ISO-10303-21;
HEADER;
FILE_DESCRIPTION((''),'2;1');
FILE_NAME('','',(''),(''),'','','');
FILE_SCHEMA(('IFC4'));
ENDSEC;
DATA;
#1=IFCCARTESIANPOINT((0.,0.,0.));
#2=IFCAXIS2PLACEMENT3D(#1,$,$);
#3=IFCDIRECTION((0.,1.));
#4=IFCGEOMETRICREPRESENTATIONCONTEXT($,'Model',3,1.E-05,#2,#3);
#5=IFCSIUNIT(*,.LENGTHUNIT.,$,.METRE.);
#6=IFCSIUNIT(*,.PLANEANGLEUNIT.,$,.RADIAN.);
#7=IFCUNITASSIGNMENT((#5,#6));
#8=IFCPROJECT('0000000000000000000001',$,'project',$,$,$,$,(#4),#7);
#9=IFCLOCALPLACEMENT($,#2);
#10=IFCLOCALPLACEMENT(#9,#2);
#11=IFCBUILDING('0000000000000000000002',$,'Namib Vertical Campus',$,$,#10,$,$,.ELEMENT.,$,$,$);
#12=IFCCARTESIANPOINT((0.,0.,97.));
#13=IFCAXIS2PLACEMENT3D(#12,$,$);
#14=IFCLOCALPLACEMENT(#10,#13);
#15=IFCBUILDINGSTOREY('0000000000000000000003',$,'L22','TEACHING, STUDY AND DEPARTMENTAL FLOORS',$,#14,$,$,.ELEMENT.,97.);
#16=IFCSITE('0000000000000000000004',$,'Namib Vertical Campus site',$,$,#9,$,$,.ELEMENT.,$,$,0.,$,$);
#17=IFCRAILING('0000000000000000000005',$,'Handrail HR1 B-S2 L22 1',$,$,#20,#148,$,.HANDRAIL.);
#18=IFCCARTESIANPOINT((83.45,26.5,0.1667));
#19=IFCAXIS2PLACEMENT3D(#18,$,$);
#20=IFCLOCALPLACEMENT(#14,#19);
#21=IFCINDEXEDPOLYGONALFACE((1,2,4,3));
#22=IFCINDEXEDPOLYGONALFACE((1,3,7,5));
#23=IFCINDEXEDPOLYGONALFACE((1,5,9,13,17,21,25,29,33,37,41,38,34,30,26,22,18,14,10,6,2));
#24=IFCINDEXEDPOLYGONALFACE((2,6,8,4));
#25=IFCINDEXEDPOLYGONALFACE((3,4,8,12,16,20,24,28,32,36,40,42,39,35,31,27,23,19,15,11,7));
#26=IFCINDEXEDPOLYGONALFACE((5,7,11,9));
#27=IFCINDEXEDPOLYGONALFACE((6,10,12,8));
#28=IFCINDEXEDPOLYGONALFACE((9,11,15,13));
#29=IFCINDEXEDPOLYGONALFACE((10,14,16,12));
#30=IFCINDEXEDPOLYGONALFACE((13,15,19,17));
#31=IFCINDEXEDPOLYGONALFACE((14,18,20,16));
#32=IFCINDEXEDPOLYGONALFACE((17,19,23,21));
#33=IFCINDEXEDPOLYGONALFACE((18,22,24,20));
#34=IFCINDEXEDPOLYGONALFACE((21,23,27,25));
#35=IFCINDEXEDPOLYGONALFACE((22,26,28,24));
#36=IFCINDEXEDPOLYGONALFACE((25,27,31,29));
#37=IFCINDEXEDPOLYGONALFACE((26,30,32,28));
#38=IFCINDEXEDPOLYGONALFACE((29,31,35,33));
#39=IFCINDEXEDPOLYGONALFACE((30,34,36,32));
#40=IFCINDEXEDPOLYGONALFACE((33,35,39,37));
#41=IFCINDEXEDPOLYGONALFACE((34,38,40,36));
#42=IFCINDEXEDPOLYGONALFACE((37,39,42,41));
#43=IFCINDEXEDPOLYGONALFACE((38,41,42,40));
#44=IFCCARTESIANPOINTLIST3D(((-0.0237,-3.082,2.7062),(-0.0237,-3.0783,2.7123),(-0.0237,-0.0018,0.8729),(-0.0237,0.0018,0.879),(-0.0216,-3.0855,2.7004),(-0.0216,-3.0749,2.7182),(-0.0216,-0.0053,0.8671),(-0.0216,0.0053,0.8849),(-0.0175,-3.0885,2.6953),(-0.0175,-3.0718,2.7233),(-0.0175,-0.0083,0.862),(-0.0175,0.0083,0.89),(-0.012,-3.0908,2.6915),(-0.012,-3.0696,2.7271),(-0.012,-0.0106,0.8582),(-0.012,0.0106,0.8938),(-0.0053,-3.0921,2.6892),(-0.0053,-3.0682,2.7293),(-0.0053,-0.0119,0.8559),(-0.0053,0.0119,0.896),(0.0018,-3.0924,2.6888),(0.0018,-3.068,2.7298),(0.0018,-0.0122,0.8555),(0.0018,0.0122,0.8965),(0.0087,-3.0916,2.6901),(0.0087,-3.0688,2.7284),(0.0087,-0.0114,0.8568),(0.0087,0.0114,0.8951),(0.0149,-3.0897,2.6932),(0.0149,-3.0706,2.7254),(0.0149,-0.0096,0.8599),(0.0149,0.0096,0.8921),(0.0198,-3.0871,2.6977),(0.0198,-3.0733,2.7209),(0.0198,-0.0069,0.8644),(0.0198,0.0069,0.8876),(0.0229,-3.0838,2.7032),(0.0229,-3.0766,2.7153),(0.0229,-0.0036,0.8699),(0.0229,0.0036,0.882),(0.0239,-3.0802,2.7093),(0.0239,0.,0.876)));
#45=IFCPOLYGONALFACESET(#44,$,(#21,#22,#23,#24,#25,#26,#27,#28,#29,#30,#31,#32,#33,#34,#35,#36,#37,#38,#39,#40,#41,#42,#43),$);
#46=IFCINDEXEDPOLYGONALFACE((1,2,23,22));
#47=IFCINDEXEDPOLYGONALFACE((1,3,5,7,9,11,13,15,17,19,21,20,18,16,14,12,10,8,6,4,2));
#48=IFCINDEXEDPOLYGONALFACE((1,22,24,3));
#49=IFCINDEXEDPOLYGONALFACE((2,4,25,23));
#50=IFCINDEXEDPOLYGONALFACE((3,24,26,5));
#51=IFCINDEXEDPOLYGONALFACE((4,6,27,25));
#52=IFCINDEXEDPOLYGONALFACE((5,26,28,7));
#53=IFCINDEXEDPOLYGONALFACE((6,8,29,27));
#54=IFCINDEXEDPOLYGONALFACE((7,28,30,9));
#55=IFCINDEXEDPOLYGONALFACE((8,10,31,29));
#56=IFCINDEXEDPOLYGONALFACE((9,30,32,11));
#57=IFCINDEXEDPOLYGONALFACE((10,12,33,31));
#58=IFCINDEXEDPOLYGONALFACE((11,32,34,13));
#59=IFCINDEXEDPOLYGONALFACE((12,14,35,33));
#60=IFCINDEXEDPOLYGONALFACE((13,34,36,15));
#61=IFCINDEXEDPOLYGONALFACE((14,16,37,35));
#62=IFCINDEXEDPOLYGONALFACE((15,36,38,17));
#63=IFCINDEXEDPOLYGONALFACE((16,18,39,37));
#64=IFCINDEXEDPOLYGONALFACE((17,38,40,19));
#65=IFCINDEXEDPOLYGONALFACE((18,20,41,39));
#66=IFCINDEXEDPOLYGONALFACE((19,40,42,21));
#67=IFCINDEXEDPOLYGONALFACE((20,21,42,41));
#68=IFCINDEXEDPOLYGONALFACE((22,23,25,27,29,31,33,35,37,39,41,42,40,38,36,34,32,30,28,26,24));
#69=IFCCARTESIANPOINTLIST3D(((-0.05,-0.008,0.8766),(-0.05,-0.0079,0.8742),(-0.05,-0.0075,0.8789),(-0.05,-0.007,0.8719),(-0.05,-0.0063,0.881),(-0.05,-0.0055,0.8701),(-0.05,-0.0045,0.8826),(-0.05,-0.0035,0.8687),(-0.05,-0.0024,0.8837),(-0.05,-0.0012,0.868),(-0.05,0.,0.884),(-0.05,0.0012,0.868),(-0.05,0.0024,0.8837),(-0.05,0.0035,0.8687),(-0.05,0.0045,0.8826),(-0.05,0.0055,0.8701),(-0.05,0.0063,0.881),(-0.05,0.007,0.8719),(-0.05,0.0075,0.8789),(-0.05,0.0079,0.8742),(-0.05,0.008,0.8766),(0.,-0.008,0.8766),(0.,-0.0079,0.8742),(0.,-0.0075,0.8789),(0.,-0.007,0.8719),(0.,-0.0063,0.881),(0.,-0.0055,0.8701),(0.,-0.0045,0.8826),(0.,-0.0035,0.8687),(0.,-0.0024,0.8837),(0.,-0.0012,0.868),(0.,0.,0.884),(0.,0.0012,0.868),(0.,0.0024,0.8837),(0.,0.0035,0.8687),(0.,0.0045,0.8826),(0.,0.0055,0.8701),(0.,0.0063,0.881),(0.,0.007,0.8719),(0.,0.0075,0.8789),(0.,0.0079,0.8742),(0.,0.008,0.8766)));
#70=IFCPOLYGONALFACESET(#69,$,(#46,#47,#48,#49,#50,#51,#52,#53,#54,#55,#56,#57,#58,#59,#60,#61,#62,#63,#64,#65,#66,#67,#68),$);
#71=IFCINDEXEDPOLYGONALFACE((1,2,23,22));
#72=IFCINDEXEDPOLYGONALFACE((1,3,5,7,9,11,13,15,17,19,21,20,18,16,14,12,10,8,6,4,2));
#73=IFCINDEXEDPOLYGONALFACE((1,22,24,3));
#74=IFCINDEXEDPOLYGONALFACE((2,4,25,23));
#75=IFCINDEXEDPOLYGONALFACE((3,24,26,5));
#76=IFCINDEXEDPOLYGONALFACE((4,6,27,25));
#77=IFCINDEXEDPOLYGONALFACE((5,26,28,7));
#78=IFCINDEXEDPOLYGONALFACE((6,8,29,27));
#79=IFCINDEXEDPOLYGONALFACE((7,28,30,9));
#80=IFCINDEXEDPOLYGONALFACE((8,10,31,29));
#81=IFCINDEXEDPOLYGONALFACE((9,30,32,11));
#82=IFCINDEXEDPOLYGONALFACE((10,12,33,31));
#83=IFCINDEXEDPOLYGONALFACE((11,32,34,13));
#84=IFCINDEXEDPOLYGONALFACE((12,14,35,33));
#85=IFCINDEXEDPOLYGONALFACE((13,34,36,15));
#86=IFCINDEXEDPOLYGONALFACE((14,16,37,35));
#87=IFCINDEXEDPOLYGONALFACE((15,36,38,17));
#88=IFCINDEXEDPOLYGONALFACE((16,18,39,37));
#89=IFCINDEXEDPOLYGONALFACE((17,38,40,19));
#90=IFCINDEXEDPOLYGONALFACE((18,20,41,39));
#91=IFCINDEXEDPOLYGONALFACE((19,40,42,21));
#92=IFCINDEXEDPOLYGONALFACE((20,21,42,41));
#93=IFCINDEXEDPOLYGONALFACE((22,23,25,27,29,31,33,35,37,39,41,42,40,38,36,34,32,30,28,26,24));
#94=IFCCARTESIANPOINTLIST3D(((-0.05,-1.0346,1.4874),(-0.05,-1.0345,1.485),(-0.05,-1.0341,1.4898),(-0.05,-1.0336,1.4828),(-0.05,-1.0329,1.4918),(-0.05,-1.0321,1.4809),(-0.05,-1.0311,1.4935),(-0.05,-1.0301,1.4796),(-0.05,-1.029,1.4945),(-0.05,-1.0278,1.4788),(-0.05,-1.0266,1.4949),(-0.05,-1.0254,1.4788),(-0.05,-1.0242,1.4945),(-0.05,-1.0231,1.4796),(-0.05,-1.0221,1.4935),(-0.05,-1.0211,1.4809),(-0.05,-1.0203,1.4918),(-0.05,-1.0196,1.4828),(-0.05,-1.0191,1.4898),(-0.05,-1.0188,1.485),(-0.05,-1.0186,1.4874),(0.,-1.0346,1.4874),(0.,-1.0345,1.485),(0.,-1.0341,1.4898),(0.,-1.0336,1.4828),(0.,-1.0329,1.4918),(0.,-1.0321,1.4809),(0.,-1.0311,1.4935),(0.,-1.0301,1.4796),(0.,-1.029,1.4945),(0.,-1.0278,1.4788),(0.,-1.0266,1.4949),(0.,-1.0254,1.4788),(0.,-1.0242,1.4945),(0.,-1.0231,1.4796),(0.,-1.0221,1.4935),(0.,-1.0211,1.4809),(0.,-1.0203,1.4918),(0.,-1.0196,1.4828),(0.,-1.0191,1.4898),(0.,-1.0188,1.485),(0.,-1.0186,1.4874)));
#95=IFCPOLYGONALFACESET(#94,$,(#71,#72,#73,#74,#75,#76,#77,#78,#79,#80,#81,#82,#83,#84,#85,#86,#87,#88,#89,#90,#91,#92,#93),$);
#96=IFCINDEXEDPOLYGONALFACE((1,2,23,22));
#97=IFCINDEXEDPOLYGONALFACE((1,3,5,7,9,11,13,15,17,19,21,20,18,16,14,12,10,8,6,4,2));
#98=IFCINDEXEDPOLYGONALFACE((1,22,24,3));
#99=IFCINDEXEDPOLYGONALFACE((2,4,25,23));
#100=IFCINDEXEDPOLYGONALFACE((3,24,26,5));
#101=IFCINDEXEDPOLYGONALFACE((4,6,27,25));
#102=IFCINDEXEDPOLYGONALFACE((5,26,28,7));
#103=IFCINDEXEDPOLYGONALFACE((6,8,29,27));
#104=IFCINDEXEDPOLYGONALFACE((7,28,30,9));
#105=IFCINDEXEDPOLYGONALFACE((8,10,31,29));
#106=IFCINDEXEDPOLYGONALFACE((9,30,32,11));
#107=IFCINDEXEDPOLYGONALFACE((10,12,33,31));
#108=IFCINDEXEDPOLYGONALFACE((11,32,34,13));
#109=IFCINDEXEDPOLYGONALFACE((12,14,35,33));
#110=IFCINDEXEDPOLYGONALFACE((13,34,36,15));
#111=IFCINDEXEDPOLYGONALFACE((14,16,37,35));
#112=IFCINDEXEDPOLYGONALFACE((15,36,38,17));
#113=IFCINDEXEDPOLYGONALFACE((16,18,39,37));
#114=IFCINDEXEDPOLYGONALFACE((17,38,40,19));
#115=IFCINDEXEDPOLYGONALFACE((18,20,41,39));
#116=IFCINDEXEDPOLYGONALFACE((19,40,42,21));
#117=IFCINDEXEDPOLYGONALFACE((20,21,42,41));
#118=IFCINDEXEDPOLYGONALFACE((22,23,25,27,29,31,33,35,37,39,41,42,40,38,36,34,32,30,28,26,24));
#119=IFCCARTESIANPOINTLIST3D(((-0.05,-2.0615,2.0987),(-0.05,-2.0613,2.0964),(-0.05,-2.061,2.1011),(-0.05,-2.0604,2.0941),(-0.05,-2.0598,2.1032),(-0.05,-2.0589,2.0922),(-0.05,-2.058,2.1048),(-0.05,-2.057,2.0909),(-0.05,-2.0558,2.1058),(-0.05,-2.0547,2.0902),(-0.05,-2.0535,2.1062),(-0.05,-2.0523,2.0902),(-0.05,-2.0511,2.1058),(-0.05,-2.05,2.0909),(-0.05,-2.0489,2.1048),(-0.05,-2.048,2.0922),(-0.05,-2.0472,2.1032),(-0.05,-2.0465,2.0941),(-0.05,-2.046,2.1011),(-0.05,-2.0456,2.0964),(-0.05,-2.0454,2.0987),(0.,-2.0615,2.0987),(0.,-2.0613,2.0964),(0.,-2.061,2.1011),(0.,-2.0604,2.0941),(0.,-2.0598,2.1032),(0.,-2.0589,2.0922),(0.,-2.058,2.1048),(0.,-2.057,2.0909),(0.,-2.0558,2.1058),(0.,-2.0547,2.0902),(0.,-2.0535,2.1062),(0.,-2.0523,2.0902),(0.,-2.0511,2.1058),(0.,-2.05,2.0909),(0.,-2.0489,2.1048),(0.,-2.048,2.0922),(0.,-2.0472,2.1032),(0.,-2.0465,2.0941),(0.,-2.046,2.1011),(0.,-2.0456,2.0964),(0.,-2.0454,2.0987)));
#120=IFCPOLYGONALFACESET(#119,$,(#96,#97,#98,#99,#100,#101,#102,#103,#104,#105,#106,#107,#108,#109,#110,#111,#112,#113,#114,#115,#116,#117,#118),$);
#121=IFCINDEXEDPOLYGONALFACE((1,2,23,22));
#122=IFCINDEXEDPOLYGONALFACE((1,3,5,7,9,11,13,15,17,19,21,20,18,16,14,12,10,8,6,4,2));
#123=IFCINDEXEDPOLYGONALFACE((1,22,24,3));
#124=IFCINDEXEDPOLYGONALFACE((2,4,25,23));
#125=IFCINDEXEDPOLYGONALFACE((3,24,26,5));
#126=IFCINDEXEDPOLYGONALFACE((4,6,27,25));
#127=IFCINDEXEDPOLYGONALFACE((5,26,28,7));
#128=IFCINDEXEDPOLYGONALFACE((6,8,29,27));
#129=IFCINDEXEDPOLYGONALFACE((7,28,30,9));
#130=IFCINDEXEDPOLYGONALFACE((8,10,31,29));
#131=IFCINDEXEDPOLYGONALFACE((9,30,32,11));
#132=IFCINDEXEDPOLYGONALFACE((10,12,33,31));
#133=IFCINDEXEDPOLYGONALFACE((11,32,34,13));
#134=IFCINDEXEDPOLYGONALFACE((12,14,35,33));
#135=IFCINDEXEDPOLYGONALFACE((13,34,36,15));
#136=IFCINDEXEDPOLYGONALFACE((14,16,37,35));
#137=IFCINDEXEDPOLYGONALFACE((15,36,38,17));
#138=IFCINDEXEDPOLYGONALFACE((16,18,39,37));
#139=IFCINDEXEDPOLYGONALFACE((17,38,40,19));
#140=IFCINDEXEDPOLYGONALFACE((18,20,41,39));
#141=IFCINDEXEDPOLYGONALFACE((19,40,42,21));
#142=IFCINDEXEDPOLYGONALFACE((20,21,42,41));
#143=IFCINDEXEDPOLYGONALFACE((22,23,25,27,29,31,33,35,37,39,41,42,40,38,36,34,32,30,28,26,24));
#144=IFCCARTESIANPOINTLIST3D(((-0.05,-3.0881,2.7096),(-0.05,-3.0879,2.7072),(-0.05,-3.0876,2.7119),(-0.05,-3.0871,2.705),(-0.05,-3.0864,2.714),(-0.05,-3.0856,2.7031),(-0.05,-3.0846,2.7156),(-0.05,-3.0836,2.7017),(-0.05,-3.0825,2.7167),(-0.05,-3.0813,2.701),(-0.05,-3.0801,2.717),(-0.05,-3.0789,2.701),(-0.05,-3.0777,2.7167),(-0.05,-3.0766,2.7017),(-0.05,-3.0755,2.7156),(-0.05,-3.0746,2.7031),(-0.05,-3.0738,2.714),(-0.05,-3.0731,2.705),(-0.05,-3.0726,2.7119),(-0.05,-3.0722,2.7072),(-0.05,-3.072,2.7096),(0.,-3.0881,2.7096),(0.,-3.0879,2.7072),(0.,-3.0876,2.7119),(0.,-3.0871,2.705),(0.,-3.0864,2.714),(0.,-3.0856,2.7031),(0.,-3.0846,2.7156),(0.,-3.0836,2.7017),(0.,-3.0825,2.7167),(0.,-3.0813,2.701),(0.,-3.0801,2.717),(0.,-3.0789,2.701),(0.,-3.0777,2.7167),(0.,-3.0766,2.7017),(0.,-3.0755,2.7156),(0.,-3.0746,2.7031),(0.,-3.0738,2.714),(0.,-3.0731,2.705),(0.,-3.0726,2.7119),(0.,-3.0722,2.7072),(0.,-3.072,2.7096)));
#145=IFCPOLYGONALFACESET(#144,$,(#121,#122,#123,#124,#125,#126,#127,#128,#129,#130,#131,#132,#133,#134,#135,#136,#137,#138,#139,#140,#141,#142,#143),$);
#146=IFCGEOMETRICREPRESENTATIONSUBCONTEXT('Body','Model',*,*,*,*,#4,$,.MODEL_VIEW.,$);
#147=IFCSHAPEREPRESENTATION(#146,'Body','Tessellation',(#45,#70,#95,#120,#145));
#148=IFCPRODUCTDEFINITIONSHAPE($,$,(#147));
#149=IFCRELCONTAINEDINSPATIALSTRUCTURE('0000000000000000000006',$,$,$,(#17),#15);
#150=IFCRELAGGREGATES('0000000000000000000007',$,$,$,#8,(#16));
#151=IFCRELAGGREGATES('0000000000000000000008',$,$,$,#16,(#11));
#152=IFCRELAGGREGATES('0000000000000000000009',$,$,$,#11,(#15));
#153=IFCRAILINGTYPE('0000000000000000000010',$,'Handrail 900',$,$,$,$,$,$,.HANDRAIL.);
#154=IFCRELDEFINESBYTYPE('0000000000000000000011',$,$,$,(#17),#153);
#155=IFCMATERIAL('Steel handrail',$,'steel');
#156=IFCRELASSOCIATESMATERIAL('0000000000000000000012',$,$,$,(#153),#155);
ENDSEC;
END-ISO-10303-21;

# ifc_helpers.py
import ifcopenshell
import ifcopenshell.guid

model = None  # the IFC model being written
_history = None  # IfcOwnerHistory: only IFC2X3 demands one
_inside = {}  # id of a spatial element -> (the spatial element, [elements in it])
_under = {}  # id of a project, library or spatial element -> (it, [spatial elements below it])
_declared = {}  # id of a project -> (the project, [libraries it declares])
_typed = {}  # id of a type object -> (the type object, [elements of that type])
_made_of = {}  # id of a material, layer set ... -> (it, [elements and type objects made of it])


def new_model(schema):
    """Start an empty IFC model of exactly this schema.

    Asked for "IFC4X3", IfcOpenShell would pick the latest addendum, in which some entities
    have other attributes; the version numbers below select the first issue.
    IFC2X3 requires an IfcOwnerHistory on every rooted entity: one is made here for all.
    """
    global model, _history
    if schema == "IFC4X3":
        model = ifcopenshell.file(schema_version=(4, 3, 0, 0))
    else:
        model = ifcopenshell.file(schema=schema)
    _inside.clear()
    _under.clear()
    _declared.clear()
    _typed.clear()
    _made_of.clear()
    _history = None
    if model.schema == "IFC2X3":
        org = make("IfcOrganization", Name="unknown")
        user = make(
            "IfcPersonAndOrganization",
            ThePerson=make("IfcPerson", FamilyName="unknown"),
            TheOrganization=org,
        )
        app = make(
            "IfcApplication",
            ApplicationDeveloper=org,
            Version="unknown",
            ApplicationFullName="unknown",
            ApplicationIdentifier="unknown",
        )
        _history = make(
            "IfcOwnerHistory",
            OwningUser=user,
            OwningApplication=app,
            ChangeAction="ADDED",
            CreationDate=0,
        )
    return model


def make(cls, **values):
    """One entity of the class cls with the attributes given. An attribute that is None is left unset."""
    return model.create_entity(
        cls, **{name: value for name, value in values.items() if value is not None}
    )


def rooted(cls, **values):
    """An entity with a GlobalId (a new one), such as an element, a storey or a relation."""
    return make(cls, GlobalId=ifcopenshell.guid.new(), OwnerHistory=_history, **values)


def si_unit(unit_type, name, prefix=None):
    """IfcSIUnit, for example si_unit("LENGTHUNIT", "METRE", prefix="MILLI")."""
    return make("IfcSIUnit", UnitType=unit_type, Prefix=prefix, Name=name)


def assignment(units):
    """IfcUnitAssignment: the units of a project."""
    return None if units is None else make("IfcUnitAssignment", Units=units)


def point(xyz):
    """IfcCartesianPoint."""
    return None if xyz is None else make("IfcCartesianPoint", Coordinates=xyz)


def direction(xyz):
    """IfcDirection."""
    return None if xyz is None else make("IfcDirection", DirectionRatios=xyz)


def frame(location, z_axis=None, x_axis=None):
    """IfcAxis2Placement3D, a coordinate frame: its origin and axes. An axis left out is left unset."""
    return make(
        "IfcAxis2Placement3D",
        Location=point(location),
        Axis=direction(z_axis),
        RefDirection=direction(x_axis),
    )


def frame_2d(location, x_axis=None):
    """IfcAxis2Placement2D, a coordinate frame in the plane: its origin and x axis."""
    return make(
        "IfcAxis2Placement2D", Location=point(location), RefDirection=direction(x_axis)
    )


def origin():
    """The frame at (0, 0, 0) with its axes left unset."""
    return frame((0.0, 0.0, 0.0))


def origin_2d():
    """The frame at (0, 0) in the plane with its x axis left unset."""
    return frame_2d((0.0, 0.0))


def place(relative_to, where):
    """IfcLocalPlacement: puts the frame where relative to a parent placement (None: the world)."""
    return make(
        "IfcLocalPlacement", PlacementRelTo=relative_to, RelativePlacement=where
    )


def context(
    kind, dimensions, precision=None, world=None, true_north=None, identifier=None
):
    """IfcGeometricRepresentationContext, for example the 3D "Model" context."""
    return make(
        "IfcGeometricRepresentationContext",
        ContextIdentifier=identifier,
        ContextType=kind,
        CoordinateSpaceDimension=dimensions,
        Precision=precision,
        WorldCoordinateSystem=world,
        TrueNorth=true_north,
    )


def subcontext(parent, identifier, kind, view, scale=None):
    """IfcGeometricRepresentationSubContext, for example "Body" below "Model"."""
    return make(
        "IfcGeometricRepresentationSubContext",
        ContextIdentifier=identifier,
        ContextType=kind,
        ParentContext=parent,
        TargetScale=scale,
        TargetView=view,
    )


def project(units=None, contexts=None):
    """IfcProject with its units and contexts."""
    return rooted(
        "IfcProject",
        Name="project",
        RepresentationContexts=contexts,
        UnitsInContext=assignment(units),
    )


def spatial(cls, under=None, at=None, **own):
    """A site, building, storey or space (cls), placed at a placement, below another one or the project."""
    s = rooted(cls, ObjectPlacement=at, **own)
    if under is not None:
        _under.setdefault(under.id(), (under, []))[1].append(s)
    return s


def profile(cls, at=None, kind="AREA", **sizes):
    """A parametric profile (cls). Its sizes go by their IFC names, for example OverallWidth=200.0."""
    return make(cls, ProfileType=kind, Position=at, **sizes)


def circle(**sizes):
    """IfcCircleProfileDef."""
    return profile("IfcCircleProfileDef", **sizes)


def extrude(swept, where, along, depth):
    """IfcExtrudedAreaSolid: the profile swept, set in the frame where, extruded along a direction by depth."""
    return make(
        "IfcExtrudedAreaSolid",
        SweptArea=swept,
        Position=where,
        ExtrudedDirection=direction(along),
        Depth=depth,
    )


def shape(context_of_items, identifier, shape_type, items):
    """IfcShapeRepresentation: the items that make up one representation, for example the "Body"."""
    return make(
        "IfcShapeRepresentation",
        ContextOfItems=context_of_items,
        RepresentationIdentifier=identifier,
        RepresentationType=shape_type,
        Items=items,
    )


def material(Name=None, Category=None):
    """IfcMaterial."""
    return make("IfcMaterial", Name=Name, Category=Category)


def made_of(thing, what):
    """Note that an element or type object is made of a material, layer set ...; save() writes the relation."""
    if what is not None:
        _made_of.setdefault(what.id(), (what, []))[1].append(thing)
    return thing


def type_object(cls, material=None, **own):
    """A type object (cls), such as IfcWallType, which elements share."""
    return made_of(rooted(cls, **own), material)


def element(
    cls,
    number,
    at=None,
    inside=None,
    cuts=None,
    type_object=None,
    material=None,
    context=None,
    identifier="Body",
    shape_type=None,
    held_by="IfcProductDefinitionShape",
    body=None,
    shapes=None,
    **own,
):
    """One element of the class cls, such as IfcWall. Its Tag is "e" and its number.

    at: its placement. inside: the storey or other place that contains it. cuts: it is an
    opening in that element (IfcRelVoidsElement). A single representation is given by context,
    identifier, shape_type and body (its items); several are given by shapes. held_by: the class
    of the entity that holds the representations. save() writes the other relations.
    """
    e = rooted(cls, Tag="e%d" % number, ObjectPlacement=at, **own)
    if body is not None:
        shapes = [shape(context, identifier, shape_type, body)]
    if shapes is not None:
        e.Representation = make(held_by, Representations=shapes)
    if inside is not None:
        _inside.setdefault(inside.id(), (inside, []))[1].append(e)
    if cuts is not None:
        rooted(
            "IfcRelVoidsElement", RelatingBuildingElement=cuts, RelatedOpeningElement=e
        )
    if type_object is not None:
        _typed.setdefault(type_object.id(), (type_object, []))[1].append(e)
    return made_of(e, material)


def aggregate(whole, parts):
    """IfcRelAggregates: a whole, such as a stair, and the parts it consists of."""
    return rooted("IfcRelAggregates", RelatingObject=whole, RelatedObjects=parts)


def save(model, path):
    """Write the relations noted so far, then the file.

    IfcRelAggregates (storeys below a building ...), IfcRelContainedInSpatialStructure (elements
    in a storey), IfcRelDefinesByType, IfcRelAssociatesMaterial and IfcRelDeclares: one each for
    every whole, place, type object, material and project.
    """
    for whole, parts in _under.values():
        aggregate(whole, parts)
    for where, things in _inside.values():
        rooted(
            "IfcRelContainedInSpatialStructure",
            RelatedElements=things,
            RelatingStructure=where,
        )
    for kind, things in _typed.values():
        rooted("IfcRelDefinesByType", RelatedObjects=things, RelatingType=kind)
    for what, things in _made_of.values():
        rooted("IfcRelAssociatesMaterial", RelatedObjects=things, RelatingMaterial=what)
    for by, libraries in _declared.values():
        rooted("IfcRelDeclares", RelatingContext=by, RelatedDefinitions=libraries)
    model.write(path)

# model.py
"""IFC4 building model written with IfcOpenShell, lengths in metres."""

from ifc_helpers import new_model, si_unit, direction, frame, origin, origin_2d, place, context, subcontext, project, spatial, circle, extrude, material, type_object, element, save


model = new_model("IFC4")

# Units and contexts
model_context = context("Model", 3, precision=1e-05, world=origin(), true_north=direction((0.0, 1.0)))
body_context = subcontext(model_context, "Body", "Model", "MODEL_VIEW")
ifc_project = project(units=[si_unit("LENGTHUNIT", "METRE"), si_unit("PLANEANGLEUNIT", "RADIAN")], contexts=[model_context])

# Site, building, storey
site_placement = place(None, origin())
site = spatial("IfcSite", under=ifc_project, at=site_placement, Name="Namib Vertical Campus site", CompositionType="ELEMENT", RefElevation=0.0)
building_placement = place(site_placement, origin())
building = spatial("IfcBuilding", under=site, at=building_placement, Name="Namib Vertical Campus", CompositionType="ELEMENT")
storey_placement = place(building_placement, frame((0.0, 0.0, 97.0)))
storey = spatial("IfcBuildingStorey", under=building, at=storey_placement, Name="L22", Description="TEACHING, STUDY AND DEPARTMENTAL FLOORS", CompositionType="ELEMENT", Elevation=97.0)

# Railing
ifc_material_1 = material(Name="Steel handrail", Category="steel")
railing_type_1 = type_object("IfcRailingType", Name="Handrail 900", PredefinedType="HANDRAIL", material=ifc_material_1)
railing_1_placement = place(storey_placement, frame((83.45, 26.5, 0.1667)))
element("IfcRailing", 1, at=railing_1_placement, inside=storey, type_object=railing_type_1, Name="Handrail HR1 B-S2 L22 1", PredefinedType="HANDRAIL", context=body_context, shape_type="SweptSolid", body=[
    extrude(circle(Radius=0.0239, at=origin_2d()), frame((0.0, 0.0, 0.876), z_axis=(0.0, -0.859309, 0.511458), x_axis=(1.0, 0.0, 0.0)), (0.0, 0.0, 1.0), 3.5845),
    extrude(circle(Radius=0.0081, at=origin_2d()), frame((0.0, 0.0, 0.876), z_axis=(-1.0, 0.0, 0.0), x_axis=(0.0, 0.0, 1.0)), (0.0, 0.0, 1.0), 0.05),
    extrude(circle(Radius=0.0081, at=origin_2d()), frame((0.0, -1.0266, 1.4868), z_axis=(-1.0, 0.0, 0.0), x_axis=(0.0, 0.0, 1.0)), (0.0, 0.0, 1.0), 0.05),
    extrude(circle(Radius=0.0081, at=origin_2d()), frame((0.0, -2.0535, 2.0981), z_axis=(-1.0, 0.0, 0.0), x_axis=(0.0, 0.0, 1.0)), (0.0, 0.0, 1.0), 0.05),
    extrude(circle(Radius=0.0081, at=origin_2d()), frame((0.0, -3.0801, 2.709), z_axis=(-1.0, 0.0, 0.0), x_axis=(0.0, 0.0, 1.0)), (0.0, 0.0, 1.0), 0.05),
])

save(model, "model.ifc")
